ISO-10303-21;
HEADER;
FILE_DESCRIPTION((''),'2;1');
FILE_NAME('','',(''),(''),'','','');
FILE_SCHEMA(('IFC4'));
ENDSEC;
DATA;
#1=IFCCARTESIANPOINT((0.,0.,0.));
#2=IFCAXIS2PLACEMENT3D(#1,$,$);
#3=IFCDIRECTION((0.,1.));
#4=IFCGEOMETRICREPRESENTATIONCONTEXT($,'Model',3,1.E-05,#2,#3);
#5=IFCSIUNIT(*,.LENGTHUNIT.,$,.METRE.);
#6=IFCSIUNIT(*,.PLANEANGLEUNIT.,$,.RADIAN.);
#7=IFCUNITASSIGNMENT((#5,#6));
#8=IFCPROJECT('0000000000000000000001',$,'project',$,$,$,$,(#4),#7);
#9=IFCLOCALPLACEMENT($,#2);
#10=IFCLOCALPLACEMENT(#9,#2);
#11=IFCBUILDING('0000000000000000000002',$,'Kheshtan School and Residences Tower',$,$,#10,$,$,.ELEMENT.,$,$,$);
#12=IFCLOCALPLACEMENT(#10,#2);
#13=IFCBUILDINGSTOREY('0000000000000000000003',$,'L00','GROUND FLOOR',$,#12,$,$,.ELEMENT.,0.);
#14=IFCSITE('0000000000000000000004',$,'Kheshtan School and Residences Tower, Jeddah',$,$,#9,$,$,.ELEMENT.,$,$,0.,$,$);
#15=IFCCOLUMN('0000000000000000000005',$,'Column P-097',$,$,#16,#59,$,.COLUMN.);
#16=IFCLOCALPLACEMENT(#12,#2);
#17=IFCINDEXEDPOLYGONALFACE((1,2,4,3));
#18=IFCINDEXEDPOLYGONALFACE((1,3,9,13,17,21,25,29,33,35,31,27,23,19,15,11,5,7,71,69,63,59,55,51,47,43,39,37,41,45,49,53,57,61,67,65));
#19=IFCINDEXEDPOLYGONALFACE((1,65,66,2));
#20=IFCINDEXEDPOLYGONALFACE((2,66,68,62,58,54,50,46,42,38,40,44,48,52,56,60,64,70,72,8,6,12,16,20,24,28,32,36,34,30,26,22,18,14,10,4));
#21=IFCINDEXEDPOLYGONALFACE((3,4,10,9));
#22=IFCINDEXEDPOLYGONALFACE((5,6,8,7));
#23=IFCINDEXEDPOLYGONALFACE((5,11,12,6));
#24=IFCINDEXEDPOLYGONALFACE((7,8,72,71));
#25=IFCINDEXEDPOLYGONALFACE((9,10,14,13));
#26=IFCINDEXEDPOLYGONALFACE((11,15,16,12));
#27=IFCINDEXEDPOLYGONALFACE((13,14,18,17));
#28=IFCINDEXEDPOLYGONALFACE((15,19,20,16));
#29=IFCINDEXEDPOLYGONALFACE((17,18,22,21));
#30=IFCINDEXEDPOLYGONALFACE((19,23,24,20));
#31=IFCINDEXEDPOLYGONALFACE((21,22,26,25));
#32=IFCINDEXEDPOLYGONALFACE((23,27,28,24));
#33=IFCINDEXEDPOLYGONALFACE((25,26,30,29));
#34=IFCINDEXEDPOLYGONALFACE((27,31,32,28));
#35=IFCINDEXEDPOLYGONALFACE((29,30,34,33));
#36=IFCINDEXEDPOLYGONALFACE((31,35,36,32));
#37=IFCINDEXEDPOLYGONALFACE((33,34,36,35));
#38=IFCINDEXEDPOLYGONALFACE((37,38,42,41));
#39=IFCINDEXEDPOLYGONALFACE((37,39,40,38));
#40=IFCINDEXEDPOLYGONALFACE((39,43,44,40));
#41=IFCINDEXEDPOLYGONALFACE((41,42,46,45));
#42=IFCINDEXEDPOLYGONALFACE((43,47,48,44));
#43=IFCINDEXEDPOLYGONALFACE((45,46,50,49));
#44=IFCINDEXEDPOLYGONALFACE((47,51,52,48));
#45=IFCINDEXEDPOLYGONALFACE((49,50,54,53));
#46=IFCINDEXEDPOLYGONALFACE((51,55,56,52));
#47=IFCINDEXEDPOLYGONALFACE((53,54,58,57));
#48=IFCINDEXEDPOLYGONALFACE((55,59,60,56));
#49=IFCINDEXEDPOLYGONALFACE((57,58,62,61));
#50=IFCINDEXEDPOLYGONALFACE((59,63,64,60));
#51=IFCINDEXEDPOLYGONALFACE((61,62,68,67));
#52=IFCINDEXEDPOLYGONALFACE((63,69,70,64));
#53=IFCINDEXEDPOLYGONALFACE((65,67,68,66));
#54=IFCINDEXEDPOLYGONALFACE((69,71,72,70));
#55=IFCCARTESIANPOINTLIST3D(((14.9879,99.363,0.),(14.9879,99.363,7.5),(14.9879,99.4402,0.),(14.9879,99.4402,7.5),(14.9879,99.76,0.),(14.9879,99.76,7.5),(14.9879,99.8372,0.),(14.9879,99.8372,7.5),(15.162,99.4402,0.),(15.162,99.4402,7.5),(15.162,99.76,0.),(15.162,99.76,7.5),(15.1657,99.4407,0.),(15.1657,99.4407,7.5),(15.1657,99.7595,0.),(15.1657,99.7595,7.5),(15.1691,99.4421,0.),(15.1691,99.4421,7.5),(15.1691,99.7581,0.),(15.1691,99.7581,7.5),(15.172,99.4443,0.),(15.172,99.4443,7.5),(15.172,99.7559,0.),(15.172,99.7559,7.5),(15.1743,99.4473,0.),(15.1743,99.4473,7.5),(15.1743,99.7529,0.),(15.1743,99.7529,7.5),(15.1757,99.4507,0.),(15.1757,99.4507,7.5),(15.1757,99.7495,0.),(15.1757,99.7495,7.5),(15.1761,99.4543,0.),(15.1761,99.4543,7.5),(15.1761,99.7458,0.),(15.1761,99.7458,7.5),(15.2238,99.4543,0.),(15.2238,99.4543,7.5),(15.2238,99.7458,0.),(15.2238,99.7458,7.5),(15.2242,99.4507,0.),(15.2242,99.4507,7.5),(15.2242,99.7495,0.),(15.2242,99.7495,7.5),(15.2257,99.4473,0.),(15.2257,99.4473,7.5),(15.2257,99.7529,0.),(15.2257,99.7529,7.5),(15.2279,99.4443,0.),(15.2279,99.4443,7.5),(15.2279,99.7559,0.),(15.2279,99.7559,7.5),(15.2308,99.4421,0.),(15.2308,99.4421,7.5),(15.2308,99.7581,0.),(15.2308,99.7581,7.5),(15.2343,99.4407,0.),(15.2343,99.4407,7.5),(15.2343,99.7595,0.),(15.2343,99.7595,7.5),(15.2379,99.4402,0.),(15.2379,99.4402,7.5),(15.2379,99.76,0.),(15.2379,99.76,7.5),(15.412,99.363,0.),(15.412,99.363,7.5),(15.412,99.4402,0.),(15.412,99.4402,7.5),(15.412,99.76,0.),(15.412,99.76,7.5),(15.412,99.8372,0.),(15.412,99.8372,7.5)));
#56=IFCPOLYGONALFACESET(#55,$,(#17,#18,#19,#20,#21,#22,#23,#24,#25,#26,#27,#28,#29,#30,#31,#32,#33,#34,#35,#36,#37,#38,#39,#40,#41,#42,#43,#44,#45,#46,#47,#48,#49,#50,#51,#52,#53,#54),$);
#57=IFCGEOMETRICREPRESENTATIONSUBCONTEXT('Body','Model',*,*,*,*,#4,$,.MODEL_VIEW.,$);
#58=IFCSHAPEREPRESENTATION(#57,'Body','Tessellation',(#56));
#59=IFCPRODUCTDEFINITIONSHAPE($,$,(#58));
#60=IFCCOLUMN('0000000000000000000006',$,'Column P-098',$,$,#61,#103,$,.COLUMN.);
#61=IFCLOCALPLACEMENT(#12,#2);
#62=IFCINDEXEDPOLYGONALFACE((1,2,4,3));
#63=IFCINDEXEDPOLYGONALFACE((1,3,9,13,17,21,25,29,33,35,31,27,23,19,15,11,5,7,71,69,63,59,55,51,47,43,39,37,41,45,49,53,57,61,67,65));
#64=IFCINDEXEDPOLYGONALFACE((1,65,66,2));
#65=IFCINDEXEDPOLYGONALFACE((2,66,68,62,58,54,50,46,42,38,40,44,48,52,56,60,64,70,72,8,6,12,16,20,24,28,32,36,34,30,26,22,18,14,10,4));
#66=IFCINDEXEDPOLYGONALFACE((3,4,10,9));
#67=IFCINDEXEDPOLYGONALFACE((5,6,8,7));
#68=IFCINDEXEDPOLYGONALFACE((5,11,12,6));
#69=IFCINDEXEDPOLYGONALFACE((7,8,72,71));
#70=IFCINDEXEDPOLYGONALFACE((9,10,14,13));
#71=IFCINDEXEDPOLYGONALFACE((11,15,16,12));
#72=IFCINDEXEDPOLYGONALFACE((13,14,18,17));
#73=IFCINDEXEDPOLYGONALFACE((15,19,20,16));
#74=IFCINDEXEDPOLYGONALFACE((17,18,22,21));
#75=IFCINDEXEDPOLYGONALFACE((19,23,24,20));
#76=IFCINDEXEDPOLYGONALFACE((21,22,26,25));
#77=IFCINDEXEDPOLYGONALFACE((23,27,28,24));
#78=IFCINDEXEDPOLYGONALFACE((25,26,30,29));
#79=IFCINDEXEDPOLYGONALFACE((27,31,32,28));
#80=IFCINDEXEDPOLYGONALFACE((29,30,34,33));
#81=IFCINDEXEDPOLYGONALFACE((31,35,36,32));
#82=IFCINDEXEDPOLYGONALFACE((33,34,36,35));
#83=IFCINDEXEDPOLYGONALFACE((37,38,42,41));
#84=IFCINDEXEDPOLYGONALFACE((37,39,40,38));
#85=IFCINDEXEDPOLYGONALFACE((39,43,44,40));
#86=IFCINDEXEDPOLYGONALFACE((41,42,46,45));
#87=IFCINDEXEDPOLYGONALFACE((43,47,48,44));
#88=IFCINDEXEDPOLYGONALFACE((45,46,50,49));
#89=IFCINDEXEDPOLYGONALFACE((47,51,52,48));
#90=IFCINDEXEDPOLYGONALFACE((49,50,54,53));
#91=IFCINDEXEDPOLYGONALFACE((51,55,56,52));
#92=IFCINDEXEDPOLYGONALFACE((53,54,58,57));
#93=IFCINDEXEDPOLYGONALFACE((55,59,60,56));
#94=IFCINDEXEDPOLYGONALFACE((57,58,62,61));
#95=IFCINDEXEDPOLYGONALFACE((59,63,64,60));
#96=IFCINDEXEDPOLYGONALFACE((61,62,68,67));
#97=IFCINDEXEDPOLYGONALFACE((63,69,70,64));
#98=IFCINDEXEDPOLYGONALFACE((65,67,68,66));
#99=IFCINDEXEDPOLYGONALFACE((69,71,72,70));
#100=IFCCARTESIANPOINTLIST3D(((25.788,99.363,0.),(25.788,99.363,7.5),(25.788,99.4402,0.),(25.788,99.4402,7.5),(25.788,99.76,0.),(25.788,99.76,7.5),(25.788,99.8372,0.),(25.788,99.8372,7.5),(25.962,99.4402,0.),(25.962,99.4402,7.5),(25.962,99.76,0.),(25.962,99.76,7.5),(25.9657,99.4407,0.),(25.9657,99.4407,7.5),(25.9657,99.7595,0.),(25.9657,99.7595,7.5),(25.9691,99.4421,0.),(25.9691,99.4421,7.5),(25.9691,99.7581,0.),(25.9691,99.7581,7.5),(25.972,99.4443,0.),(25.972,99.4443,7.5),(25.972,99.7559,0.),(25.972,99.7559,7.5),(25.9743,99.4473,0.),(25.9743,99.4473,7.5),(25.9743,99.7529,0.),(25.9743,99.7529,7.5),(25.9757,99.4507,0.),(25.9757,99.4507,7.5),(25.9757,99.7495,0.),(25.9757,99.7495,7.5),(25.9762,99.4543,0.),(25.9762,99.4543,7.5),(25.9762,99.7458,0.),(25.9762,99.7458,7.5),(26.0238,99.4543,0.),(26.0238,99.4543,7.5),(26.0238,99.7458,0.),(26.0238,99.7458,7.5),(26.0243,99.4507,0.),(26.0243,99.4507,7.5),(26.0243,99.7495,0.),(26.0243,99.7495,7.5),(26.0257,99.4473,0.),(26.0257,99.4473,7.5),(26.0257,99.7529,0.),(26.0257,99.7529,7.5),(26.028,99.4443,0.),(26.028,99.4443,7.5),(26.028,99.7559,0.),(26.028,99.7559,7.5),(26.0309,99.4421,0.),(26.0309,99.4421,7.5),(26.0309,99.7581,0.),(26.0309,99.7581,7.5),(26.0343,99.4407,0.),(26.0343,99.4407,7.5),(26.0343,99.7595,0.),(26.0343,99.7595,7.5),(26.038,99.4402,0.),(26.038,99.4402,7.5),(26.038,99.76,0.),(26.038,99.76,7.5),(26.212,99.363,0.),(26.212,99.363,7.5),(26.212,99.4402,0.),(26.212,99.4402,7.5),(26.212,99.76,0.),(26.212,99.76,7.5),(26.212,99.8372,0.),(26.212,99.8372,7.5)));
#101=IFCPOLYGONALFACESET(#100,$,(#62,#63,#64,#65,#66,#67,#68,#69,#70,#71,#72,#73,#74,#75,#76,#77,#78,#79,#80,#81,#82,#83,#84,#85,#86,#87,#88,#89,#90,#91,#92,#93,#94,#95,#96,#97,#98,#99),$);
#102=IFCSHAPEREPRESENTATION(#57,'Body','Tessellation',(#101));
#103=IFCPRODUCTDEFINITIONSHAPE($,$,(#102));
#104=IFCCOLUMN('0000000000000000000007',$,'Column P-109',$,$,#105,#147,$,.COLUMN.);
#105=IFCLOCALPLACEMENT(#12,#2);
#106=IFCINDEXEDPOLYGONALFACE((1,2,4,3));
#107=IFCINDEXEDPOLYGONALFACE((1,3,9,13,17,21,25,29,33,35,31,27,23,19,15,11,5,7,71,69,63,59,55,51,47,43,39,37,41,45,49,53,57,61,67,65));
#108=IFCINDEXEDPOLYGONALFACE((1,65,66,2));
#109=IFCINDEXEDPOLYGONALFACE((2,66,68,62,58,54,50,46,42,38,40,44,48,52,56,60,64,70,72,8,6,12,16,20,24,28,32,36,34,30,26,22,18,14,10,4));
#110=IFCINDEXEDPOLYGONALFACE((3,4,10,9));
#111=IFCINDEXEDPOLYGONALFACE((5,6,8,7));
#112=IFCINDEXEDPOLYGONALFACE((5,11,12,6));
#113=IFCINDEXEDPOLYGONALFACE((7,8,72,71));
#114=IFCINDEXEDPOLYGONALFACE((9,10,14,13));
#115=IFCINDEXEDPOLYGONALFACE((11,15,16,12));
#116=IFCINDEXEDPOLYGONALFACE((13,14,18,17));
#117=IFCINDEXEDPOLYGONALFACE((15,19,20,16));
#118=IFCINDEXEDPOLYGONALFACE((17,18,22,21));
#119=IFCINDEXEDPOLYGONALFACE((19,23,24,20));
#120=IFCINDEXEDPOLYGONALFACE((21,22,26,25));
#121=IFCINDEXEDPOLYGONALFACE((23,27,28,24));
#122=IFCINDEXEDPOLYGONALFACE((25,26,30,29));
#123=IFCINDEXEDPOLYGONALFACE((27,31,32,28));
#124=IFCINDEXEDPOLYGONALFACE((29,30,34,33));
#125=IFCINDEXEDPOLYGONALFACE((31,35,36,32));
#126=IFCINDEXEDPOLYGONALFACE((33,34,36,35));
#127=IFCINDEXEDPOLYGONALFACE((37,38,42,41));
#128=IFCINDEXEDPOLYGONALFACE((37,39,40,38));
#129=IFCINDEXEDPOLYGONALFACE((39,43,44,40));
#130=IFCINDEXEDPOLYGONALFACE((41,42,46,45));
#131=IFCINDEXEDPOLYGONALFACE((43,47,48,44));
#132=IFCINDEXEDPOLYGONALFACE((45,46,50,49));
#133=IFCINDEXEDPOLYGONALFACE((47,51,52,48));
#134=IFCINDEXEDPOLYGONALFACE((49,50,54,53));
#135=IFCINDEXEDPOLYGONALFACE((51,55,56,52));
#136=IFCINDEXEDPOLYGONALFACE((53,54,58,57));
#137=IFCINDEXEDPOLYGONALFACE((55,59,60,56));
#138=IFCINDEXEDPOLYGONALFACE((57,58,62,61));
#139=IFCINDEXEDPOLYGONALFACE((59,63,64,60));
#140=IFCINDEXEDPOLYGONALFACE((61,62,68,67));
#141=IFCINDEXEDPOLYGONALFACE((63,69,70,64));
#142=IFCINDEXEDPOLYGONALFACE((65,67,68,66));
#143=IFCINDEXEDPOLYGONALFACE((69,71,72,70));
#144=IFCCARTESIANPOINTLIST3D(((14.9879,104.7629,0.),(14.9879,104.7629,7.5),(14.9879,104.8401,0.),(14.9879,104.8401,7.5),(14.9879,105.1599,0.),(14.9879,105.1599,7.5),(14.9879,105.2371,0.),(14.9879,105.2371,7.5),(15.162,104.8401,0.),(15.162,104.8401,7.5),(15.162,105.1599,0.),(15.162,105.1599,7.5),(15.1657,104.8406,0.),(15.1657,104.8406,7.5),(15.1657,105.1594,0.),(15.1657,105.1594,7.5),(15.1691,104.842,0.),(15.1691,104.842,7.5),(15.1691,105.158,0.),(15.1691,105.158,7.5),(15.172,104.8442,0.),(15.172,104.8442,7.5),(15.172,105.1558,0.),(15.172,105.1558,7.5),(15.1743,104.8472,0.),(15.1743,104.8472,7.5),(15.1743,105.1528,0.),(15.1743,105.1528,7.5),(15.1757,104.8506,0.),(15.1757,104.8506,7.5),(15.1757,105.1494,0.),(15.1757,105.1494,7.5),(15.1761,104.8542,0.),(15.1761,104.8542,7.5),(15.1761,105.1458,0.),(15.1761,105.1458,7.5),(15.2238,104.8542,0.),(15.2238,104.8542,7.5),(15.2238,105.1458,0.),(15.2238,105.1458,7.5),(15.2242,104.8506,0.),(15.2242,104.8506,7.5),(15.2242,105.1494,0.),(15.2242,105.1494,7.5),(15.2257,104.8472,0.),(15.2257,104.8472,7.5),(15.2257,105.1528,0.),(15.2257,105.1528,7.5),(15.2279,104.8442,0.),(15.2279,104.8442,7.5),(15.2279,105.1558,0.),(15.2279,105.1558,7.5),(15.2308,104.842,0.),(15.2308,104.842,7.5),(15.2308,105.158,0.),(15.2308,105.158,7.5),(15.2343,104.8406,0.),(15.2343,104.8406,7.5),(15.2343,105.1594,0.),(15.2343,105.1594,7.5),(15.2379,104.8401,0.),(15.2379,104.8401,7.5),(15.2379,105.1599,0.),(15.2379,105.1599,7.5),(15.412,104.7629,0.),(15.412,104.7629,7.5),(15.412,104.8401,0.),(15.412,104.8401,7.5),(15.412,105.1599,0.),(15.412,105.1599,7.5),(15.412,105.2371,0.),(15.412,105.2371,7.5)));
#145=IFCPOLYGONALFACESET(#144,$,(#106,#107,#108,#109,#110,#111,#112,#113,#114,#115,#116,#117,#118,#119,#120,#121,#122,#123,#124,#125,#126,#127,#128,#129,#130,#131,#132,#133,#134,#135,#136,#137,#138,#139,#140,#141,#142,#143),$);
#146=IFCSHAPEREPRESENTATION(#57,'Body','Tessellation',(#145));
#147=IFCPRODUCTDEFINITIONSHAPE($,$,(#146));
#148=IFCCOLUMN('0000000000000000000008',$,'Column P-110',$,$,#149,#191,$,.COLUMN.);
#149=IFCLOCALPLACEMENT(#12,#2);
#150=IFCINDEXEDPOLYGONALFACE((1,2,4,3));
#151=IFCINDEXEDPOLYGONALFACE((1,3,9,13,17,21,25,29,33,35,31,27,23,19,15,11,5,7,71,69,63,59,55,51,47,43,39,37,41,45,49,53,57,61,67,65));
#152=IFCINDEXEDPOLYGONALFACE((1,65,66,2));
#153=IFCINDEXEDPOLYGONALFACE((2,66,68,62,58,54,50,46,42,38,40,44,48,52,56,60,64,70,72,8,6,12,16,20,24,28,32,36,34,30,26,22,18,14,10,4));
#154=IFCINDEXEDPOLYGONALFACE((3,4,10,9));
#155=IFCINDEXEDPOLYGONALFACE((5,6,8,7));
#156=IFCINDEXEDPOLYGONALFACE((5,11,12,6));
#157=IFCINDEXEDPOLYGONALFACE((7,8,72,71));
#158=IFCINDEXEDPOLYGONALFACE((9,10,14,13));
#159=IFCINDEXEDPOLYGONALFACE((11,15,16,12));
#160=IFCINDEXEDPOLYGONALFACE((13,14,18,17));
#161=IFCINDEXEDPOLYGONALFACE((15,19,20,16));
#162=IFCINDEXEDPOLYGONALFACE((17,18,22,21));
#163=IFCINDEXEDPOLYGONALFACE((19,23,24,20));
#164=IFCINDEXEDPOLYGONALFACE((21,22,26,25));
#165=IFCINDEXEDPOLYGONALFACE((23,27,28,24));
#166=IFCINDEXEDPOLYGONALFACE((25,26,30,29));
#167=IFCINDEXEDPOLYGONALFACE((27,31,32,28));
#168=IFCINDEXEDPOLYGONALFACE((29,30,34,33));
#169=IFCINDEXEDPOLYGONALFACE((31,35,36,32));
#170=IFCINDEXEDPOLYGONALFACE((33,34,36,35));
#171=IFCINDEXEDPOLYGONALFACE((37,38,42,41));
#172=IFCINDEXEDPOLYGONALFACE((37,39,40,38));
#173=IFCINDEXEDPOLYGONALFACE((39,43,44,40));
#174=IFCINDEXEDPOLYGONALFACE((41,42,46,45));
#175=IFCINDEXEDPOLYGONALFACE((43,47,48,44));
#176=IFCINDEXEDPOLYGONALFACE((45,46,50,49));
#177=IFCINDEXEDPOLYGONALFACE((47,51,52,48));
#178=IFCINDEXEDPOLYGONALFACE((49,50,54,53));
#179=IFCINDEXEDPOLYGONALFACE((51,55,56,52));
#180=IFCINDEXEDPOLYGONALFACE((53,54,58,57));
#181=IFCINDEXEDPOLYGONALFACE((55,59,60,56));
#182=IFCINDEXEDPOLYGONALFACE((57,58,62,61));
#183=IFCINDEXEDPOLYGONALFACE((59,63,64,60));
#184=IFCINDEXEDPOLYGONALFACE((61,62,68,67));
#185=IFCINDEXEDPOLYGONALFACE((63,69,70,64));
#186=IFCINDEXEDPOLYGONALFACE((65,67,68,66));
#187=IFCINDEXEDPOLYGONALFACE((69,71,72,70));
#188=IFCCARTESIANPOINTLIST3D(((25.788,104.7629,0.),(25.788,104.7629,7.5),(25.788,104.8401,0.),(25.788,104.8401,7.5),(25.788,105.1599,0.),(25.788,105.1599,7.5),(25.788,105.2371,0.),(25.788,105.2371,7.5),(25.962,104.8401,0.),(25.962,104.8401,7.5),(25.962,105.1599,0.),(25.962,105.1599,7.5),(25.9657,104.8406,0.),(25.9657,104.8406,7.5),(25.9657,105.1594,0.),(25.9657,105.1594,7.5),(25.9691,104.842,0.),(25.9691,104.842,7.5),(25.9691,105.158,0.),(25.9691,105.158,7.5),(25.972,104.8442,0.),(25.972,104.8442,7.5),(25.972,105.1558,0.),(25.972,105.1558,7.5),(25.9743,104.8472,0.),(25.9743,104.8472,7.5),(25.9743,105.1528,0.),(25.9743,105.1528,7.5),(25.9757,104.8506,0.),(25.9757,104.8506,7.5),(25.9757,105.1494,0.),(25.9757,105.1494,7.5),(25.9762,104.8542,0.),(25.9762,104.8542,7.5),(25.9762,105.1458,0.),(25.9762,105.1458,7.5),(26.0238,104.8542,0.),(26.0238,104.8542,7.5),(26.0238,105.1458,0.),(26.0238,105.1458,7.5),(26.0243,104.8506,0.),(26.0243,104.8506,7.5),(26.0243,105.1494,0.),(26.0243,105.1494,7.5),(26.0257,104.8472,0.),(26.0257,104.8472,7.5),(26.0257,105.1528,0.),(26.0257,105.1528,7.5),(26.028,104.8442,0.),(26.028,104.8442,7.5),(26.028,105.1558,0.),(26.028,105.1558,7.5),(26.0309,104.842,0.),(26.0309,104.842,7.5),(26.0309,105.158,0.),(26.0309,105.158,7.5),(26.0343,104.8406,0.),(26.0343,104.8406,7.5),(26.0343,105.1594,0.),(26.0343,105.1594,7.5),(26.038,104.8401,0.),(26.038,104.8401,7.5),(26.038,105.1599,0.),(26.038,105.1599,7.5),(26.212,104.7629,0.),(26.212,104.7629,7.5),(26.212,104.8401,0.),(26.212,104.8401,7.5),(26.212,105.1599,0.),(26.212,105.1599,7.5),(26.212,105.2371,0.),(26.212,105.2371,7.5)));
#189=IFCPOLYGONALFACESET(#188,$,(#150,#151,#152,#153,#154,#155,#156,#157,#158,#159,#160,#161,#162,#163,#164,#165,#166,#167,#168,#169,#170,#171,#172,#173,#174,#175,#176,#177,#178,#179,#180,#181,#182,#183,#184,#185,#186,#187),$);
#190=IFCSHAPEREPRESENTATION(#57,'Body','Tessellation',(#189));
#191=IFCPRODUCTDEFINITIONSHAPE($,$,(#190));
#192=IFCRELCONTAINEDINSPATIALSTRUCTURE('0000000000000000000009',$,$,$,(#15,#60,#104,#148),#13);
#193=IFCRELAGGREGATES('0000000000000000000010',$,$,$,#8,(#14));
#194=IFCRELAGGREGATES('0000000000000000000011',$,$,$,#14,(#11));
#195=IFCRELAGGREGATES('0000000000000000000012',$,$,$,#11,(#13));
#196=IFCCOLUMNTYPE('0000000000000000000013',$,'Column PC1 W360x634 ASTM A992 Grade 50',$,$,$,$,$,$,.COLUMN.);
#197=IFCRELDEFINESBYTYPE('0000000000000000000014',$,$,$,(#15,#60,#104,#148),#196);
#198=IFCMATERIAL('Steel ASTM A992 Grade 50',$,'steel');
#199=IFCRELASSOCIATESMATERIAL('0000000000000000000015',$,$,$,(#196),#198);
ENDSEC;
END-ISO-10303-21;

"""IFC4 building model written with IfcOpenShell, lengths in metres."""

from ifc_helpers import new_model, si_unit, direction, frame, origin, origin_2d, place, context, subcontext, project, spatial, i_section, extrude, material, material_profile, profile_set, type_object, element, save


model = new_model("IFC4")

# Units and contexts
model_context = context("Model", 3, precision=1e-05, world=origin(), true_north=direction((0.0, 1.0)))
body_context = subcontext(model_context, "Body", "Model", "MODEL_VIEW")
ifc_project = project(units=[si_unit("LENGTHUNIT", "METRE"), si_unit("PLANEANGLEUNIT", "RADIAN")], contexts=[model_context])

# Site, building, storey
site_placement = place(None, origin())
site = spatial("IfcSite", under=ifc_project, at=site_placement, Name="Kheshtan School and Residences Tower, Jeddah", CompositionType="ELEMENT", RefElevation=0.0)
building_placement = place(site_placement, origin())
building = spatial("IfcBuilding", under=site, at=building_placement, Name="Kheshtan School and Residences Tower", CompositionType="ELEMENT")
storey_placement = place(building_placement, origin())
storey = spatial("IfcBuildingStorey", under=building, at=storey_placement, Name="L00", Description="GROUND FLOOR", CompositionType="ELEMENT", Elevation=0.0)

# Columns
ifc_material_1 = material(Name="Steel ASTM A992 Grade 50", Category="steel")
ifc_material_profile_1 = material_profile(ifc_material_1, i_section(OverallWidth=0.4241, OverallDepth=0.4741, WebThickness=0.0476, FlangeThickness=0.0771, FilletRadius=0.0142, at=origin_2d()), Name="W360x634")
ifc_profile_set_1 = profile_set([ifc_material_profile_1], Name="Steel ASTM A992 Grade 50")
column_type = type_object("IfcColumnType", Name="Column PC1 W360x634 ASTM A992 Grade 50", PredefinedType="COLUMN", material=ifc_profile_set_1)
for number, where, z_axis, x_axis, name in (
    (1, (15.2, 99.6001, 0.0), (0.0, 0.0, 1.0), (1.0, 0.0, 0.0), "Column P-097"),
    (2, (26.0, 99.6001, 0.0), (0.0, 0.0, 1.0), (1.0, 0.0, 0.0), "Column P-098"),
    (3, (15.2, 105.0, 0.0), (0.0, 0.0, 1.0), (1.0, 0.0, 0.0), "Column P-109"),
    (4, (26.0, 105.0, 0.0), (0.0, 0.0, 1.0), (1.0, 0.0, 0.0), "Column P-110"),
):
    element("IfcColumn", number, at=place(storey_placement, frame(where, z_axis=z_axis, x_axis=x_axis)), inside=storey, type_object=column_type, Name=name, PredefinedType="COLUMN", context=body_context, shape_type="SweptSolid", body=[
        extrude(i_section(OverallWidth=0.4241, OverallDepth=0.4741, WebThickness=0.0476, FlangeThickness=0.0771, FilletRadius=0.0142, at=origin_2d()), origin(), (0.0, 0.0, 1.0), 7.5),
    ])

save(model, "model.ifc")
